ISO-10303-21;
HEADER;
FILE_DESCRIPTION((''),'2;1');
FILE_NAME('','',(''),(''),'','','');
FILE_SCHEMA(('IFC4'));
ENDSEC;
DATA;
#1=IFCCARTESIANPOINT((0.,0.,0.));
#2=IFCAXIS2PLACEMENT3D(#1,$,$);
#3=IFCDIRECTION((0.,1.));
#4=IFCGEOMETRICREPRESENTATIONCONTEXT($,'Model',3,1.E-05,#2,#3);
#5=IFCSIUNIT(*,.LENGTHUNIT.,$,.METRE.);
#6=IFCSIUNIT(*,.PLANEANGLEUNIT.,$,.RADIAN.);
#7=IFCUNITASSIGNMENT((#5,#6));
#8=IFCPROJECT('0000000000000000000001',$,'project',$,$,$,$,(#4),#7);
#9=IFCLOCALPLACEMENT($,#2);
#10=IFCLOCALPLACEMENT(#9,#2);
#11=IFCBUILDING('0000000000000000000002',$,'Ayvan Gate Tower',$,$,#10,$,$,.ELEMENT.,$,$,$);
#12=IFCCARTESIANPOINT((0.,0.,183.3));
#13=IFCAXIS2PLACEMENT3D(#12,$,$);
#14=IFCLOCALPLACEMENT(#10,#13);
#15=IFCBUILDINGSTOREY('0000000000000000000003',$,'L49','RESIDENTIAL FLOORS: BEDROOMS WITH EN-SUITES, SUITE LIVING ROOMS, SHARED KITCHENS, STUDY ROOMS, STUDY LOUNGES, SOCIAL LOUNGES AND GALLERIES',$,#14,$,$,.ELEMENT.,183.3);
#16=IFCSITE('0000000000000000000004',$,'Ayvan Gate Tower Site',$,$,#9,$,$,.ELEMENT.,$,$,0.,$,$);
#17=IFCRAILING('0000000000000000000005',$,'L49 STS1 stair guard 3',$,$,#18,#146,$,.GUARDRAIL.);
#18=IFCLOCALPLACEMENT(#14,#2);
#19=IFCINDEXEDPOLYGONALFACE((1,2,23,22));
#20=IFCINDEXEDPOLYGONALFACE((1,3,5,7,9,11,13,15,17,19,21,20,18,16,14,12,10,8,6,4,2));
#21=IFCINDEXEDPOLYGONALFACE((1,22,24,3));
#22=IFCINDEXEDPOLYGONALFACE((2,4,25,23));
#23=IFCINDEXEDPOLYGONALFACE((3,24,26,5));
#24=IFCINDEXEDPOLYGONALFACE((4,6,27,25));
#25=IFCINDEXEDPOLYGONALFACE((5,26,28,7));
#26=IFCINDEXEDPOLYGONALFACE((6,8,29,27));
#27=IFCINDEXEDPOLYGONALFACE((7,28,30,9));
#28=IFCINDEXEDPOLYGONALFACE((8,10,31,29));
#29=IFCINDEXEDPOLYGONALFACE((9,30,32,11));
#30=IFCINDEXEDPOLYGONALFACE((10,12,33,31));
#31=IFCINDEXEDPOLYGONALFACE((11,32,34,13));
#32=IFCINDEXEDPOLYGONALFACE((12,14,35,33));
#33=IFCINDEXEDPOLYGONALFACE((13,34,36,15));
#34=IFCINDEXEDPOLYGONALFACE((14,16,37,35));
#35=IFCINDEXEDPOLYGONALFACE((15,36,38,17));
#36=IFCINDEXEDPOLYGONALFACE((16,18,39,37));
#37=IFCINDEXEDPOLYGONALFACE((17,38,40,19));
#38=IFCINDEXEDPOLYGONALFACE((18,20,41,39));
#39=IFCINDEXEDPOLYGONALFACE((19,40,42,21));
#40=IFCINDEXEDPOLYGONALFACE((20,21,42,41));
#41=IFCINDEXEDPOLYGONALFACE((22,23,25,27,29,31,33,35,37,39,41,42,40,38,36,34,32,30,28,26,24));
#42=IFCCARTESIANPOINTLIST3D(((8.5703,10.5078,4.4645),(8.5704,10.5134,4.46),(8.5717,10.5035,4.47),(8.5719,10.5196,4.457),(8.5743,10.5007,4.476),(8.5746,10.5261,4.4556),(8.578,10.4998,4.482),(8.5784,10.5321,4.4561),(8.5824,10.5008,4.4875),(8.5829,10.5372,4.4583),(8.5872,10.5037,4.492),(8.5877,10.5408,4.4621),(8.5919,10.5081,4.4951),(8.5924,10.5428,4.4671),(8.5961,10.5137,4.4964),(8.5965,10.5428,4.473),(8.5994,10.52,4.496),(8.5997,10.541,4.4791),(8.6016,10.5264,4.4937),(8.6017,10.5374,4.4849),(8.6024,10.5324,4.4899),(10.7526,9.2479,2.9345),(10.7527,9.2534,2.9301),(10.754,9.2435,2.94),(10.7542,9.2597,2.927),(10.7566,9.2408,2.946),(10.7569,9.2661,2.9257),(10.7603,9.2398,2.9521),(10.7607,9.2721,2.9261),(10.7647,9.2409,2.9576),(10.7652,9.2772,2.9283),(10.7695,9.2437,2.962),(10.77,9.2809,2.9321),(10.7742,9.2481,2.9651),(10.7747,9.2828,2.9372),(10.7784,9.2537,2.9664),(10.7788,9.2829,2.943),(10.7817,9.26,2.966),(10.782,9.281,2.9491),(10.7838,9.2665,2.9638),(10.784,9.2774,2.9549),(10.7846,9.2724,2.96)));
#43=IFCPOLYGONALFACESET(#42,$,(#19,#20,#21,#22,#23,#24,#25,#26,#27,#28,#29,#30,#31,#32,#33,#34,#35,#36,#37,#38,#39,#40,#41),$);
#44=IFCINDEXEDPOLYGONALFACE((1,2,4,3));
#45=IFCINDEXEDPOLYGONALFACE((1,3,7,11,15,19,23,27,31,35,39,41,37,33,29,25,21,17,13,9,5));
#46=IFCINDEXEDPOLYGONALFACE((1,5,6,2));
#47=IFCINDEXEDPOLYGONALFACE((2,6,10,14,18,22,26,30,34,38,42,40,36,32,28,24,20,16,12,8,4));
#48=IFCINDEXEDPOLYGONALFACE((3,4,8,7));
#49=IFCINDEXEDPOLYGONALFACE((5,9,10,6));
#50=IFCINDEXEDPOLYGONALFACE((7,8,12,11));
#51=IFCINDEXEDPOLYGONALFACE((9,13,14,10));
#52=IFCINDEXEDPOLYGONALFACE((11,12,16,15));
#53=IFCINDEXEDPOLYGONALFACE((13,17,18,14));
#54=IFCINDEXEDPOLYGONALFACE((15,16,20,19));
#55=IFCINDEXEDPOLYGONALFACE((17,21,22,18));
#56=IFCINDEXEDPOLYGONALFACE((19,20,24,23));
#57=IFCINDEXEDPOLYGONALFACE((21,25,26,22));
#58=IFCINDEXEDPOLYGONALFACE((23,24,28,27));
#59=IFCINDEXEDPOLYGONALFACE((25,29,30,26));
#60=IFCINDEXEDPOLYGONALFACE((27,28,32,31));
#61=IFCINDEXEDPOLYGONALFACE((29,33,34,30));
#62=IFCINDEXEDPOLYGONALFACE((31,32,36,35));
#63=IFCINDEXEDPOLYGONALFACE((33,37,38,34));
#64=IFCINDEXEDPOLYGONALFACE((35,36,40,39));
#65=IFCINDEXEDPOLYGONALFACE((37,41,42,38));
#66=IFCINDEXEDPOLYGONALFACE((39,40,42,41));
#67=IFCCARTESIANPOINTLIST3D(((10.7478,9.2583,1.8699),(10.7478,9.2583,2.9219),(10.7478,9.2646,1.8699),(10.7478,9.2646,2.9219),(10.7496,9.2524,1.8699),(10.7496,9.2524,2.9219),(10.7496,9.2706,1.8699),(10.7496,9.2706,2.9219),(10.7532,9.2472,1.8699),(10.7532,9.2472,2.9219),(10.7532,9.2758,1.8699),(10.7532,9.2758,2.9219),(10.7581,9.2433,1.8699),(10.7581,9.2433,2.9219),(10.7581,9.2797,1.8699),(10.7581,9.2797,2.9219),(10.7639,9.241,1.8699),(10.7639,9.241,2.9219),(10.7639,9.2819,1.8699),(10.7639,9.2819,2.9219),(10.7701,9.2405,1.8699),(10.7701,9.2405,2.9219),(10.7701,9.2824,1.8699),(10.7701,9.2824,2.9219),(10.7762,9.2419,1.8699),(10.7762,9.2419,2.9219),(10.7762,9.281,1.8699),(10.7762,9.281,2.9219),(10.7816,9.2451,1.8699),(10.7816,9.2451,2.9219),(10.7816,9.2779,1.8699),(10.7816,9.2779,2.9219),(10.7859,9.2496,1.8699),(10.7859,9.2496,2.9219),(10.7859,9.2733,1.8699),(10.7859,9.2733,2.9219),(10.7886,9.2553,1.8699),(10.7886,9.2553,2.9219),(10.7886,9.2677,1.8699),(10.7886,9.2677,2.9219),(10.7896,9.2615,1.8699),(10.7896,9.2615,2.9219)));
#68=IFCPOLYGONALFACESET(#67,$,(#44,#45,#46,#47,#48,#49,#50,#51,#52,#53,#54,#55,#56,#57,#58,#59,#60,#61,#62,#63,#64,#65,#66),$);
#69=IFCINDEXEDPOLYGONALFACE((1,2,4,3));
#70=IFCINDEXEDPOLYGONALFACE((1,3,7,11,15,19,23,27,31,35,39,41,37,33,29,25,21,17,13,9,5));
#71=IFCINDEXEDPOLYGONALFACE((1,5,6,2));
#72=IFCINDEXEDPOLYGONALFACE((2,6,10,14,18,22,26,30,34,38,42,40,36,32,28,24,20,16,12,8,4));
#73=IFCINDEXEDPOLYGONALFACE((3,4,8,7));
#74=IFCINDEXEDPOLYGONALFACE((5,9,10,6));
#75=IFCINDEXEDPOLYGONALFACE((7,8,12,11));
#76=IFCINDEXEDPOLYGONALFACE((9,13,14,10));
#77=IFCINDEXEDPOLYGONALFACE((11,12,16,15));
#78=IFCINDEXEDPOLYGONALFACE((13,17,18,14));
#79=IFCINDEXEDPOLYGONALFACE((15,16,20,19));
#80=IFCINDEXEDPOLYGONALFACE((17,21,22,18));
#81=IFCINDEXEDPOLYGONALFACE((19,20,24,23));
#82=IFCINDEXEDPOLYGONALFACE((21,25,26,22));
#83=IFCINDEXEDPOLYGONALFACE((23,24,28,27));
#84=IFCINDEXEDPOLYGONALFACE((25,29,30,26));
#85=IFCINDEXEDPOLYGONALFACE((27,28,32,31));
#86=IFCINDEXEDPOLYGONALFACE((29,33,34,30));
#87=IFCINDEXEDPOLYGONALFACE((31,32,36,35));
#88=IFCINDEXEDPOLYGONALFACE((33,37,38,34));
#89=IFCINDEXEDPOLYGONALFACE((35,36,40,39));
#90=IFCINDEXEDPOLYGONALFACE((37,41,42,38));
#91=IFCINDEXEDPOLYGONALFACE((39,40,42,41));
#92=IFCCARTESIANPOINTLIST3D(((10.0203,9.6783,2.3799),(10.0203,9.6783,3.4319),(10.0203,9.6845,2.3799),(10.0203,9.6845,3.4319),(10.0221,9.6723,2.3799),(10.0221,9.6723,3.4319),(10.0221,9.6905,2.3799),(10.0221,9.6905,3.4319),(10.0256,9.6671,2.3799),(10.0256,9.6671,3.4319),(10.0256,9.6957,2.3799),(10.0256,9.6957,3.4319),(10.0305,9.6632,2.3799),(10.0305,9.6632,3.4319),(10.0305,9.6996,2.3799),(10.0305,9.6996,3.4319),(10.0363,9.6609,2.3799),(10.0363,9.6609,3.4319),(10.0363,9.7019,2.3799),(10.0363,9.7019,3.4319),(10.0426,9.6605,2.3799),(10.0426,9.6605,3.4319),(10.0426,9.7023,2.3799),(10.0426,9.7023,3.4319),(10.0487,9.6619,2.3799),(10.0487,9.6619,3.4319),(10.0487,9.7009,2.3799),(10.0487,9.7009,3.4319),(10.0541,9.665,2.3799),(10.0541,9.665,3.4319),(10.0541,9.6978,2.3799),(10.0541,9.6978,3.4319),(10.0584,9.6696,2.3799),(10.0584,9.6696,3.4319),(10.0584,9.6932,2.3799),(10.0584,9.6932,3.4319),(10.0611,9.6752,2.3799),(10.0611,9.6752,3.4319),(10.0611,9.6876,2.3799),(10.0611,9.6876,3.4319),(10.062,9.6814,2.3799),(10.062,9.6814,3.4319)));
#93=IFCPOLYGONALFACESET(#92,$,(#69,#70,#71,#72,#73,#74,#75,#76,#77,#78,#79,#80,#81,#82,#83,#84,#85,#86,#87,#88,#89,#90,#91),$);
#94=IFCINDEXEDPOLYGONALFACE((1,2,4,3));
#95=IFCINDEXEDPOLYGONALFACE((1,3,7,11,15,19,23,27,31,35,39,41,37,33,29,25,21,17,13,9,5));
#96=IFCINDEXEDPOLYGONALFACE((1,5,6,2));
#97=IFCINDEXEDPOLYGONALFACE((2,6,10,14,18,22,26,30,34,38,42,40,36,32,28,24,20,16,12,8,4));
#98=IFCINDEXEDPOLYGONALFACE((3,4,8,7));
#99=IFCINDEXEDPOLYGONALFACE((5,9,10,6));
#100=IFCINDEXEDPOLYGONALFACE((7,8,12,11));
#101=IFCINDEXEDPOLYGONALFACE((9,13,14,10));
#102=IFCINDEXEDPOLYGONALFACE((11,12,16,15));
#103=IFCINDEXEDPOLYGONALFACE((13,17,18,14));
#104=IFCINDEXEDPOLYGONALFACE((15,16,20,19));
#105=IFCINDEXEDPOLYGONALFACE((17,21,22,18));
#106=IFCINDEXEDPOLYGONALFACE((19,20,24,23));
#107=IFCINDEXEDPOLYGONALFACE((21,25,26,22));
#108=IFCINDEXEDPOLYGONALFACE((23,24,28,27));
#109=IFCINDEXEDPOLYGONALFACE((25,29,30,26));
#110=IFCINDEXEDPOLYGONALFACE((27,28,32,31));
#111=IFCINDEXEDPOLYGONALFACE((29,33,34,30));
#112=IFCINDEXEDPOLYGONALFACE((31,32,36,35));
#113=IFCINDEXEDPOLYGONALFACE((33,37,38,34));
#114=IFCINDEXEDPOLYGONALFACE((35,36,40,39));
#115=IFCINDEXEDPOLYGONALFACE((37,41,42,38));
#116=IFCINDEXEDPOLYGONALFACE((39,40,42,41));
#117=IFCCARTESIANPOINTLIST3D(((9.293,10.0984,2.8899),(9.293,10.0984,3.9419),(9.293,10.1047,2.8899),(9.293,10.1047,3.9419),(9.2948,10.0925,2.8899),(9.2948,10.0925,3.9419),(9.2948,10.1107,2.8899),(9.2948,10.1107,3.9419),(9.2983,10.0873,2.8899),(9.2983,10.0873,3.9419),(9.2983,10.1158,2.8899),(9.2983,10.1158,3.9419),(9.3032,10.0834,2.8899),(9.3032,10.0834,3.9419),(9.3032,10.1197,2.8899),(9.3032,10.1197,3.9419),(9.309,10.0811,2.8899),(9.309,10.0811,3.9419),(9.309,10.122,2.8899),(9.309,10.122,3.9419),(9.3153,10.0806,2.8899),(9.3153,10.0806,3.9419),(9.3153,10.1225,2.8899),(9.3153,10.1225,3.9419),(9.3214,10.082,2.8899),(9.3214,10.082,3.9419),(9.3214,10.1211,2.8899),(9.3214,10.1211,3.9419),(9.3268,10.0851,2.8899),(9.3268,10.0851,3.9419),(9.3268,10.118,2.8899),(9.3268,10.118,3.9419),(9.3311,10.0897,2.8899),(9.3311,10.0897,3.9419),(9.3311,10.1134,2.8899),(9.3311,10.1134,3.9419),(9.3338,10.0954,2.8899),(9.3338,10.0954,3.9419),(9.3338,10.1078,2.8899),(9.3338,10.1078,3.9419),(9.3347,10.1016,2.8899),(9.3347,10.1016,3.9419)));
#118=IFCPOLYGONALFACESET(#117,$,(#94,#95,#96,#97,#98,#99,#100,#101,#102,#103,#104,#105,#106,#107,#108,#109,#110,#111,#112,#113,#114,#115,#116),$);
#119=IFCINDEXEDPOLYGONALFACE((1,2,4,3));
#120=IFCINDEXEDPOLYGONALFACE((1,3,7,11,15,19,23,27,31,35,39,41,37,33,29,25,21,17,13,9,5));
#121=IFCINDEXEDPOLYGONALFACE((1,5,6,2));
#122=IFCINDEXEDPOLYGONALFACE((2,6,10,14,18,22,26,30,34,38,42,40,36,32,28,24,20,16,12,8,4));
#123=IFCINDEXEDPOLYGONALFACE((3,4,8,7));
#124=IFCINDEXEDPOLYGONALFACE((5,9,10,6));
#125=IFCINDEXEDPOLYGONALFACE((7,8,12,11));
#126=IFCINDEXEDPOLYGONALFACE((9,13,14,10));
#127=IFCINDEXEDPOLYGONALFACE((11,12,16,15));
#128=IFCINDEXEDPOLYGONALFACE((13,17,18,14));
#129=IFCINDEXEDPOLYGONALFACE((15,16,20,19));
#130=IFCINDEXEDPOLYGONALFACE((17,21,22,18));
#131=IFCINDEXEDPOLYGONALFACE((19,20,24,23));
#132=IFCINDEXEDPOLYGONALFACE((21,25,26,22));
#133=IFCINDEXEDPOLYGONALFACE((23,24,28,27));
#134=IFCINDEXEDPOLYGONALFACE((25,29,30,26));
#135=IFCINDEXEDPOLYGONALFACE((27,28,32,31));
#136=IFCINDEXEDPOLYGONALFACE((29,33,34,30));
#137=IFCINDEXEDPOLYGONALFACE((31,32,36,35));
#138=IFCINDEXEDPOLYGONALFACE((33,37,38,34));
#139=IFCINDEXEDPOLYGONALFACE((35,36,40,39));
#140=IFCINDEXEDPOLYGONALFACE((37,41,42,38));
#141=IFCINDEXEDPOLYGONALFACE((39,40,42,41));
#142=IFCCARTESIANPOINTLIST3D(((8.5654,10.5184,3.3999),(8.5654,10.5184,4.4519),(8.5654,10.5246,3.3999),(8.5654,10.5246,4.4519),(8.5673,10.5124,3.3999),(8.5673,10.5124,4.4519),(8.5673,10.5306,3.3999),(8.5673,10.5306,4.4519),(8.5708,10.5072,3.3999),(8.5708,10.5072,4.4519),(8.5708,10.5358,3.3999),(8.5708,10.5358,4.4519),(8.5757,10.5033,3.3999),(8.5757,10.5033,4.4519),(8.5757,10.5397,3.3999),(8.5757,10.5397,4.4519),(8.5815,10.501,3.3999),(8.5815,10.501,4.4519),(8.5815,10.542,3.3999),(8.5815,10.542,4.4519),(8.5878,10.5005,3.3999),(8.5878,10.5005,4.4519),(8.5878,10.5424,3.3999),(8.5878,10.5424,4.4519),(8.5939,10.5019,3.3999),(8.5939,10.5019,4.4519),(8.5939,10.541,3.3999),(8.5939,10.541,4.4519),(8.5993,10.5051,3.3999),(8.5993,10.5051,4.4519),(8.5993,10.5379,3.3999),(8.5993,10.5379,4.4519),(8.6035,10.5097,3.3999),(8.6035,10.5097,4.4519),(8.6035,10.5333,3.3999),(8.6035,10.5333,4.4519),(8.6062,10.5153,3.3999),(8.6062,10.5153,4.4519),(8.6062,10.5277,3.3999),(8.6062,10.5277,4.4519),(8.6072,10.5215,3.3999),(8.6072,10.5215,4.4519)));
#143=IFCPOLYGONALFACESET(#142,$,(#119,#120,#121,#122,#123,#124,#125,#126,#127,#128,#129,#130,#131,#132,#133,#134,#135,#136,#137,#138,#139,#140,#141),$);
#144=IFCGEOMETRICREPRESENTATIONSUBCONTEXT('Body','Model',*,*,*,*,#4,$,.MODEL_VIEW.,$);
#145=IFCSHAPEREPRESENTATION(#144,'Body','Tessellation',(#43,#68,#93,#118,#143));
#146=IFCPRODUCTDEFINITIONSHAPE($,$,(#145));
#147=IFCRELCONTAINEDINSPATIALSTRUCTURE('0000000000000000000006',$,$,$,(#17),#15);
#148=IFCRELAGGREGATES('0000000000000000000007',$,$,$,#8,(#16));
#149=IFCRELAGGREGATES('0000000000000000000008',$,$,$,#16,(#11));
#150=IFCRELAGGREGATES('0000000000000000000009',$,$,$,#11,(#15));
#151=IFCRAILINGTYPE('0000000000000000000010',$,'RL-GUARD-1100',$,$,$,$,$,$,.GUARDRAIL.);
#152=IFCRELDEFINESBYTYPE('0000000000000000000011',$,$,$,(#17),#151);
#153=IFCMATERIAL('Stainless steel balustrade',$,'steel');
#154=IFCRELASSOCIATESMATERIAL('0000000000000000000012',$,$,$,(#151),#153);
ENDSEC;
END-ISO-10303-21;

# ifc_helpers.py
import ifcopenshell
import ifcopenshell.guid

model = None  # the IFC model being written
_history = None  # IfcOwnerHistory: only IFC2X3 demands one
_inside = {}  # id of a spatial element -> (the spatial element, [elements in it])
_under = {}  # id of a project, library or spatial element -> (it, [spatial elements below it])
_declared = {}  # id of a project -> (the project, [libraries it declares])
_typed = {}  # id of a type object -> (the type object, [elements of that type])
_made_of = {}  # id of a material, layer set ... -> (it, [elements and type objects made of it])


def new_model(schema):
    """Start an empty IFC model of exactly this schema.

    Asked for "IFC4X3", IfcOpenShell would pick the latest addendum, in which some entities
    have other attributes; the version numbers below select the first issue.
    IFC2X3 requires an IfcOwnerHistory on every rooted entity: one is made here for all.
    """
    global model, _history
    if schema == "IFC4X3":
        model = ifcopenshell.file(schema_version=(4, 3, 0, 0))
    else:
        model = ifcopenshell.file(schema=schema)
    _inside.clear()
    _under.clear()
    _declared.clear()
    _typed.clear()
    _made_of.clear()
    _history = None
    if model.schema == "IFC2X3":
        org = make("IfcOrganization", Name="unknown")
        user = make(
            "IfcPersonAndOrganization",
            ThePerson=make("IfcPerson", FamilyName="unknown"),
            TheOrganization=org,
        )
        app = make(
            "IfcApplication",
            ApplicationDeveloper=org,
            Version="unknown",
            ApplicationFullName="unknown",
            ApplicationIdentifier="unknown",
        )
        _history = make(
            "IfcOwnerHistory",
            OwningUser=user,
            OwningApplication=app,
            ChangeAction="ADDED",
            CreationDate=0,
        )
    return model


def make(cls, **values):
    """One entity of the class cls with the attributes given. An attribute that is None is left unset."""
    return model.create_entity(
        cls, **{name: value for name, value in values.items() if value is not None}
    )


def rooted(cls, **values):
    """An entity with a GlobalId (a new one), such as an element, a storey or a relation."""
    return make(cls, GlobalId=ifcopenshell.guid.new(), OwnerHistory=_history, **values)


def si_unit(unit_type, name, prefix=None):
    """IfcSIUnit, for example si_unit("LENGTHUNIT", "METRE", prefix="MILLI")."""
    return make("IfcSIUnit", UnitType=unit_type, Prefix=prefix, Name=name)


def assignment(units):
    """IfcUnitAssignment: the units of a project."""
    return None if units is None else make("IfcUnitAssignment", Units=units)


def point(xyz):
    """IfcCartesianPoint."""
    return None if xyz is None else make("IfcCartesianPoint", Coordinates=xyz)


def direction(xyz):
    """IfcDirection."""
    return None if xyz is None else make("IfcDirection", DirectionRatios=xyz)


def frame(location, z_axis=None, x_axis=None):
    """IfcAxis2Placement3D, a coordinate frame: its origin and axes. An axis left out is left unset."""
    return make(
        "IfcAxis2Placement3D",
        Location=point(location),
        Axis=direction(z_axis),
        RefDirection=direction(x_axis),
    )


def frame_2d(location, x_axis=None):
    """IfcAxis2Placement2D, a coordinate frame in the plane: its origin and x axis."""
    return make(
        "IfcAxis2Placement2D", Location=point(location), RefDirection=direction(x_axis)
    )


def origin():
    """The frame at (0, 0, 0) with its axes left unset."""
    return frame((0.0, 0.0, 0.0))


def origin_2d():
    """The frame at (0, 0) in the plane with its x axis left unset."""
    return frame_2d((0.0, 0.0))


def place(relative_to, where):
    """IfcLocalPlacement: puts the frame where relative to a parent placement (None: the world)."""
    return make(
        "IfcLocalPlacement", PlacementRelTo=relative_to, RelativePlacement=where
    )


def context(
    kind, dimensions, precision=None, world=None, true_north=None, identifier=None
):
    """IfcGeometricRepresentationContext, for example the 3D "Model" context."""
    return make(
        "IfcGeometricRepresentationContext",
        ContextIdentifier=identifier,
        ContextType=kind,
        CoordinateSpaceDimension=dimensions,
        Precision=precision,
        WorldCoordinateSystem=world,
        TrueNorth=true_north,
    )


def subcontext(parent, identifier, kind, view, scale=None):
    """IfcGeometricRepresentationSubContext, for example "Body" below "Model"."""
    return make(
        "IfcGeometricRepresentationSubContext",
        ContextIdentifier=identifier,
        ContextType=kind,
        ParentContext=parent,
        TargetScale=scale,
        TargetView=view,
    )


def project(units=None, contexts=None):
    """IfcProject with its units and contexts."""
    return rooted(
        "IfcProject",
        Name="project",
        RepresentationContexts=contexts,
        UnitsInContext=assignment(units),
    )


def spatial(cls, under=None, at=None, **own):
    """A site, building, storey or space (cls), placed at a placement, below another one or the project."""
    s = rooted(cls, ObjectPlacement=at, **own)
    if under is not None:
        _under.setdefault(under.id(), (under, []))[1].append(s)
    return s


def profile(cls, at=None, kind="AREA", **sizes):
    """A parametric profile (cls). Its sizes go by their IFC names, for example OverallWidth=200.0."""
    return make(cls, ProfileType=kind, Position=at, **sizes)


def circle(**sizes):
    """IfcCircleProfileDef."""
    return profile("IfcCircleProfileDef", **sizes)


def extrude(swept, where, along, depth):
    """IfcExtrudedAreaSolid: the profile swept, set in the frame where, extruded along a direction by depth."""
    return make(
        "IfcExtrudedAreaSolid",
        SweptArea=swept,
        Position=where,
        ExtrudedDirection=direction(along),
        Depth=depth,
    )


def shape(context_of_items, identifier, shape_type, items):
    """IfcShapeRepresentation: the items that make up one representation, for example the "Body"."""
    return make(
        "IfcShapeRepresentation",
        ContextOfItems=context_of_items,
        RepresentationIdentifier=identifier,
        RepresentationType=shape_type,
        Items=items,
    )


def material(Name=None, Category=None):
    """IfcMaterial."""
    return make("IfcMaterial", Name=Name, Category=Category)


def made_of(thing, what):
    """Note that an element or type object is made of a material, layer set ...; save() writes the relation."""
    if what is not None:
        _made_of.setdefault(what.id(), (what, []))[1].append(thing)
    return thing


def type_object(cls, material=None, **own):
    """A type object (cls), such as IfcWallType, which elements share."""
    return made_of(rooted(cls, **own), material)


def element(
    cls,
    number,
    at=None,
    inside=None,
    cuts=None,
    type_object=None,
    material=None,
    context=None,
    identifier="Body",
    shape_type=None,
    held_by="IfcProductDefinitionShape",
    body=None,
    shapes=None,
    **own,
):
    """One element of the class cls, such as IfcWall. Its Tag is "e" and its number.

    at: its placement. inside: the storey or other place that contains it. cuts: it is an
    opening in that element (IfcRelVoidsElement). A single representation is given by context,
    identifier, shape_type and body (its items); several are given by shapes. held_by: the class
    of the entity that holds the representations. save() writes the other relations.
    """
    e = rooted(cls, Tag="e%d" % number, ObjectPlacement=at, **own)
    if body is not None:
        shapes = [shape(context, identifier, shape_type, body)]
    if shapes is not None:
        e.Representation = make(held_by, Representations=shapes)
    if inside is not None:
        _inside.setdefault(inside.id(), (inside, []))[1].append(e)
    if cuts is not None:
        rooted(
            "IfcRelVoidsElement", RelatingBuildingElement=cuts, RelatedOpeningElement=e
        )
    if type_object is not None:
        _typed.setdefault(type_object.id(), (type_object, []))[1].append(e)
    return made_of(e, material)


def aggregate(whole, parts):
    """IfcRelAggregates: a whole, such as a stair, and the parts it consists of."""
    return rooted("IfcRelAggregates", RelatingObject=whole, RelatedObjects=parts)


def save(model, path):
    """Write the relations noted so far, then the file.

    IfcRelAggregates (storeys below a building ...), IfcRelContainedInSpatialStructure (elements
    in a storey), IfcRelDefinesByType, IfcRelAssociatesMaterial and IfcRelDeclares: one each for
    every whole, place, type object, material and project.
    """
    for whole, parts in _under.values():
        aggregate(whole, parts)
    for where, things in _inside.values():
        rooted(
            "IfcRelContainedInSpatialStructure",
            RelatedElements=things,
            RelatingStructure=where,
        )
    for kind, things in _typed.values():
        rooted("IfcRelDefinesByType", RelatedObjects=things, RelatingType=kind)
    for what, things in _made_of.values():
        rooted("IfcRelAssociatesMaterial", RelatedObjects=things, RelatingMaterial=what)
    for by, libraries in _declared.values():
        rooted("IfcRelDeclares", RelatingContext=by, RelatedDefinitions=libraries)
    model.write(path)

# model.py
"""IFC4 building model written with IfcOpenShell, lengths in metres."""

from ifc_helpers import new_model, si_unit, direction, frame, origin, origin_2d, place, context, subcontext, project, spatial, circle, extrude, material, type_object, element, save


model = new_model("IFC4")

# Units and contexts
model_context = context("Model", 3, precision=1e-05, world=origin(), true_north=direction((0.0, 1.0)))
body_context = subcontext(model_context, "Body", "Model", "MODEL_VIEW")
ifc_project = project(units=[si_unit("LENGTHUNIT", "METRE"), si_unit("PLANEANGLEUNIT", "RADIAN")], contexts=[model_context])

# Site, building, storey
site_placement = place(None, origin())
site = spatial("IfcSite", under=ifc_project, at=site_placement, Name="Ayvan Gate Tower Site", CompositionType="ELEMENT", RefElevation=0.0)
building_placement = place(site_placement, origin())
building = spatial("IfcBuilding", under=site, at=building_placement, Name="Ayvan Gate Tower", CompositionType="ELEMENT")
storey_placement = place(building_placement, frame((0.0, 0.0, 183.3)))
storey = spatial("IfcBuildingStorey", under=building, at=storey_placement, Name="L49", Description="RESIDENTIAL FLOORS: BEDROOMS WITH EN-SUITES, SUITE LIVING ROOMS, SHARED KITCHENS, STUDY ROOMS, STUDY LOUNGES, SOCIAL LOUNGES AND GALLERIES", CompositionType="ELEMENT", Elevation=183.3)

# Railing
ifc_material_1 = material(Name="Stainless steel balustrade", Category="steel")
railing_type_1 = type_object("IfcRailingType", Name="RL-GUARD-1100", PredefinedType="GUARDRAIL", material=ifc_material_1)
railing_1_placement = place(storey_placement, frame((10.7686, 9.2615, 1.8699)))
element("IfcRailing", 1, at=railing_1_placement, inside=storey, type_object=railing_type_1, Name="L49 STS1 stair guard 3", PredefinedType="GUARDRAIL", context=body_context, shape_type="SweptSolid", body=[
    extrude(circle(Radius=0.0239, at=origin_2d()), frame((0.0, 0.0, 1.0762), z_axis=(-0.740261, 0.427395, 0.518986), x_axis=(-0.500005, -0.866023, 0.0)), (0.0, 0.0, 1.0), 2.948),
    extrude(circle(Radius=0.021, at=origin_2d()), origin(), (0.0, 0.0, 1.0), 1.052),
    extrude(circle(Radius=0.021, at=origin_2d()), frame((-0.7275, 0.4199, 0.51)), (0.0, 0.0, 1.0), 1.052),
    extrude(circle(Radius=0.021, at=origin_2d()), frame((-1.4548, 0.8401, 1.02)), (0.0, 0.0, 1.0), 1.052),
    extrude(circle(Radius=0.021, at=origin_2d()), frame((-2.1824, 1.26, 1.53)), (0.0, 0.0, 1.0), 1.052),
])

save(model, "model.ifc")
